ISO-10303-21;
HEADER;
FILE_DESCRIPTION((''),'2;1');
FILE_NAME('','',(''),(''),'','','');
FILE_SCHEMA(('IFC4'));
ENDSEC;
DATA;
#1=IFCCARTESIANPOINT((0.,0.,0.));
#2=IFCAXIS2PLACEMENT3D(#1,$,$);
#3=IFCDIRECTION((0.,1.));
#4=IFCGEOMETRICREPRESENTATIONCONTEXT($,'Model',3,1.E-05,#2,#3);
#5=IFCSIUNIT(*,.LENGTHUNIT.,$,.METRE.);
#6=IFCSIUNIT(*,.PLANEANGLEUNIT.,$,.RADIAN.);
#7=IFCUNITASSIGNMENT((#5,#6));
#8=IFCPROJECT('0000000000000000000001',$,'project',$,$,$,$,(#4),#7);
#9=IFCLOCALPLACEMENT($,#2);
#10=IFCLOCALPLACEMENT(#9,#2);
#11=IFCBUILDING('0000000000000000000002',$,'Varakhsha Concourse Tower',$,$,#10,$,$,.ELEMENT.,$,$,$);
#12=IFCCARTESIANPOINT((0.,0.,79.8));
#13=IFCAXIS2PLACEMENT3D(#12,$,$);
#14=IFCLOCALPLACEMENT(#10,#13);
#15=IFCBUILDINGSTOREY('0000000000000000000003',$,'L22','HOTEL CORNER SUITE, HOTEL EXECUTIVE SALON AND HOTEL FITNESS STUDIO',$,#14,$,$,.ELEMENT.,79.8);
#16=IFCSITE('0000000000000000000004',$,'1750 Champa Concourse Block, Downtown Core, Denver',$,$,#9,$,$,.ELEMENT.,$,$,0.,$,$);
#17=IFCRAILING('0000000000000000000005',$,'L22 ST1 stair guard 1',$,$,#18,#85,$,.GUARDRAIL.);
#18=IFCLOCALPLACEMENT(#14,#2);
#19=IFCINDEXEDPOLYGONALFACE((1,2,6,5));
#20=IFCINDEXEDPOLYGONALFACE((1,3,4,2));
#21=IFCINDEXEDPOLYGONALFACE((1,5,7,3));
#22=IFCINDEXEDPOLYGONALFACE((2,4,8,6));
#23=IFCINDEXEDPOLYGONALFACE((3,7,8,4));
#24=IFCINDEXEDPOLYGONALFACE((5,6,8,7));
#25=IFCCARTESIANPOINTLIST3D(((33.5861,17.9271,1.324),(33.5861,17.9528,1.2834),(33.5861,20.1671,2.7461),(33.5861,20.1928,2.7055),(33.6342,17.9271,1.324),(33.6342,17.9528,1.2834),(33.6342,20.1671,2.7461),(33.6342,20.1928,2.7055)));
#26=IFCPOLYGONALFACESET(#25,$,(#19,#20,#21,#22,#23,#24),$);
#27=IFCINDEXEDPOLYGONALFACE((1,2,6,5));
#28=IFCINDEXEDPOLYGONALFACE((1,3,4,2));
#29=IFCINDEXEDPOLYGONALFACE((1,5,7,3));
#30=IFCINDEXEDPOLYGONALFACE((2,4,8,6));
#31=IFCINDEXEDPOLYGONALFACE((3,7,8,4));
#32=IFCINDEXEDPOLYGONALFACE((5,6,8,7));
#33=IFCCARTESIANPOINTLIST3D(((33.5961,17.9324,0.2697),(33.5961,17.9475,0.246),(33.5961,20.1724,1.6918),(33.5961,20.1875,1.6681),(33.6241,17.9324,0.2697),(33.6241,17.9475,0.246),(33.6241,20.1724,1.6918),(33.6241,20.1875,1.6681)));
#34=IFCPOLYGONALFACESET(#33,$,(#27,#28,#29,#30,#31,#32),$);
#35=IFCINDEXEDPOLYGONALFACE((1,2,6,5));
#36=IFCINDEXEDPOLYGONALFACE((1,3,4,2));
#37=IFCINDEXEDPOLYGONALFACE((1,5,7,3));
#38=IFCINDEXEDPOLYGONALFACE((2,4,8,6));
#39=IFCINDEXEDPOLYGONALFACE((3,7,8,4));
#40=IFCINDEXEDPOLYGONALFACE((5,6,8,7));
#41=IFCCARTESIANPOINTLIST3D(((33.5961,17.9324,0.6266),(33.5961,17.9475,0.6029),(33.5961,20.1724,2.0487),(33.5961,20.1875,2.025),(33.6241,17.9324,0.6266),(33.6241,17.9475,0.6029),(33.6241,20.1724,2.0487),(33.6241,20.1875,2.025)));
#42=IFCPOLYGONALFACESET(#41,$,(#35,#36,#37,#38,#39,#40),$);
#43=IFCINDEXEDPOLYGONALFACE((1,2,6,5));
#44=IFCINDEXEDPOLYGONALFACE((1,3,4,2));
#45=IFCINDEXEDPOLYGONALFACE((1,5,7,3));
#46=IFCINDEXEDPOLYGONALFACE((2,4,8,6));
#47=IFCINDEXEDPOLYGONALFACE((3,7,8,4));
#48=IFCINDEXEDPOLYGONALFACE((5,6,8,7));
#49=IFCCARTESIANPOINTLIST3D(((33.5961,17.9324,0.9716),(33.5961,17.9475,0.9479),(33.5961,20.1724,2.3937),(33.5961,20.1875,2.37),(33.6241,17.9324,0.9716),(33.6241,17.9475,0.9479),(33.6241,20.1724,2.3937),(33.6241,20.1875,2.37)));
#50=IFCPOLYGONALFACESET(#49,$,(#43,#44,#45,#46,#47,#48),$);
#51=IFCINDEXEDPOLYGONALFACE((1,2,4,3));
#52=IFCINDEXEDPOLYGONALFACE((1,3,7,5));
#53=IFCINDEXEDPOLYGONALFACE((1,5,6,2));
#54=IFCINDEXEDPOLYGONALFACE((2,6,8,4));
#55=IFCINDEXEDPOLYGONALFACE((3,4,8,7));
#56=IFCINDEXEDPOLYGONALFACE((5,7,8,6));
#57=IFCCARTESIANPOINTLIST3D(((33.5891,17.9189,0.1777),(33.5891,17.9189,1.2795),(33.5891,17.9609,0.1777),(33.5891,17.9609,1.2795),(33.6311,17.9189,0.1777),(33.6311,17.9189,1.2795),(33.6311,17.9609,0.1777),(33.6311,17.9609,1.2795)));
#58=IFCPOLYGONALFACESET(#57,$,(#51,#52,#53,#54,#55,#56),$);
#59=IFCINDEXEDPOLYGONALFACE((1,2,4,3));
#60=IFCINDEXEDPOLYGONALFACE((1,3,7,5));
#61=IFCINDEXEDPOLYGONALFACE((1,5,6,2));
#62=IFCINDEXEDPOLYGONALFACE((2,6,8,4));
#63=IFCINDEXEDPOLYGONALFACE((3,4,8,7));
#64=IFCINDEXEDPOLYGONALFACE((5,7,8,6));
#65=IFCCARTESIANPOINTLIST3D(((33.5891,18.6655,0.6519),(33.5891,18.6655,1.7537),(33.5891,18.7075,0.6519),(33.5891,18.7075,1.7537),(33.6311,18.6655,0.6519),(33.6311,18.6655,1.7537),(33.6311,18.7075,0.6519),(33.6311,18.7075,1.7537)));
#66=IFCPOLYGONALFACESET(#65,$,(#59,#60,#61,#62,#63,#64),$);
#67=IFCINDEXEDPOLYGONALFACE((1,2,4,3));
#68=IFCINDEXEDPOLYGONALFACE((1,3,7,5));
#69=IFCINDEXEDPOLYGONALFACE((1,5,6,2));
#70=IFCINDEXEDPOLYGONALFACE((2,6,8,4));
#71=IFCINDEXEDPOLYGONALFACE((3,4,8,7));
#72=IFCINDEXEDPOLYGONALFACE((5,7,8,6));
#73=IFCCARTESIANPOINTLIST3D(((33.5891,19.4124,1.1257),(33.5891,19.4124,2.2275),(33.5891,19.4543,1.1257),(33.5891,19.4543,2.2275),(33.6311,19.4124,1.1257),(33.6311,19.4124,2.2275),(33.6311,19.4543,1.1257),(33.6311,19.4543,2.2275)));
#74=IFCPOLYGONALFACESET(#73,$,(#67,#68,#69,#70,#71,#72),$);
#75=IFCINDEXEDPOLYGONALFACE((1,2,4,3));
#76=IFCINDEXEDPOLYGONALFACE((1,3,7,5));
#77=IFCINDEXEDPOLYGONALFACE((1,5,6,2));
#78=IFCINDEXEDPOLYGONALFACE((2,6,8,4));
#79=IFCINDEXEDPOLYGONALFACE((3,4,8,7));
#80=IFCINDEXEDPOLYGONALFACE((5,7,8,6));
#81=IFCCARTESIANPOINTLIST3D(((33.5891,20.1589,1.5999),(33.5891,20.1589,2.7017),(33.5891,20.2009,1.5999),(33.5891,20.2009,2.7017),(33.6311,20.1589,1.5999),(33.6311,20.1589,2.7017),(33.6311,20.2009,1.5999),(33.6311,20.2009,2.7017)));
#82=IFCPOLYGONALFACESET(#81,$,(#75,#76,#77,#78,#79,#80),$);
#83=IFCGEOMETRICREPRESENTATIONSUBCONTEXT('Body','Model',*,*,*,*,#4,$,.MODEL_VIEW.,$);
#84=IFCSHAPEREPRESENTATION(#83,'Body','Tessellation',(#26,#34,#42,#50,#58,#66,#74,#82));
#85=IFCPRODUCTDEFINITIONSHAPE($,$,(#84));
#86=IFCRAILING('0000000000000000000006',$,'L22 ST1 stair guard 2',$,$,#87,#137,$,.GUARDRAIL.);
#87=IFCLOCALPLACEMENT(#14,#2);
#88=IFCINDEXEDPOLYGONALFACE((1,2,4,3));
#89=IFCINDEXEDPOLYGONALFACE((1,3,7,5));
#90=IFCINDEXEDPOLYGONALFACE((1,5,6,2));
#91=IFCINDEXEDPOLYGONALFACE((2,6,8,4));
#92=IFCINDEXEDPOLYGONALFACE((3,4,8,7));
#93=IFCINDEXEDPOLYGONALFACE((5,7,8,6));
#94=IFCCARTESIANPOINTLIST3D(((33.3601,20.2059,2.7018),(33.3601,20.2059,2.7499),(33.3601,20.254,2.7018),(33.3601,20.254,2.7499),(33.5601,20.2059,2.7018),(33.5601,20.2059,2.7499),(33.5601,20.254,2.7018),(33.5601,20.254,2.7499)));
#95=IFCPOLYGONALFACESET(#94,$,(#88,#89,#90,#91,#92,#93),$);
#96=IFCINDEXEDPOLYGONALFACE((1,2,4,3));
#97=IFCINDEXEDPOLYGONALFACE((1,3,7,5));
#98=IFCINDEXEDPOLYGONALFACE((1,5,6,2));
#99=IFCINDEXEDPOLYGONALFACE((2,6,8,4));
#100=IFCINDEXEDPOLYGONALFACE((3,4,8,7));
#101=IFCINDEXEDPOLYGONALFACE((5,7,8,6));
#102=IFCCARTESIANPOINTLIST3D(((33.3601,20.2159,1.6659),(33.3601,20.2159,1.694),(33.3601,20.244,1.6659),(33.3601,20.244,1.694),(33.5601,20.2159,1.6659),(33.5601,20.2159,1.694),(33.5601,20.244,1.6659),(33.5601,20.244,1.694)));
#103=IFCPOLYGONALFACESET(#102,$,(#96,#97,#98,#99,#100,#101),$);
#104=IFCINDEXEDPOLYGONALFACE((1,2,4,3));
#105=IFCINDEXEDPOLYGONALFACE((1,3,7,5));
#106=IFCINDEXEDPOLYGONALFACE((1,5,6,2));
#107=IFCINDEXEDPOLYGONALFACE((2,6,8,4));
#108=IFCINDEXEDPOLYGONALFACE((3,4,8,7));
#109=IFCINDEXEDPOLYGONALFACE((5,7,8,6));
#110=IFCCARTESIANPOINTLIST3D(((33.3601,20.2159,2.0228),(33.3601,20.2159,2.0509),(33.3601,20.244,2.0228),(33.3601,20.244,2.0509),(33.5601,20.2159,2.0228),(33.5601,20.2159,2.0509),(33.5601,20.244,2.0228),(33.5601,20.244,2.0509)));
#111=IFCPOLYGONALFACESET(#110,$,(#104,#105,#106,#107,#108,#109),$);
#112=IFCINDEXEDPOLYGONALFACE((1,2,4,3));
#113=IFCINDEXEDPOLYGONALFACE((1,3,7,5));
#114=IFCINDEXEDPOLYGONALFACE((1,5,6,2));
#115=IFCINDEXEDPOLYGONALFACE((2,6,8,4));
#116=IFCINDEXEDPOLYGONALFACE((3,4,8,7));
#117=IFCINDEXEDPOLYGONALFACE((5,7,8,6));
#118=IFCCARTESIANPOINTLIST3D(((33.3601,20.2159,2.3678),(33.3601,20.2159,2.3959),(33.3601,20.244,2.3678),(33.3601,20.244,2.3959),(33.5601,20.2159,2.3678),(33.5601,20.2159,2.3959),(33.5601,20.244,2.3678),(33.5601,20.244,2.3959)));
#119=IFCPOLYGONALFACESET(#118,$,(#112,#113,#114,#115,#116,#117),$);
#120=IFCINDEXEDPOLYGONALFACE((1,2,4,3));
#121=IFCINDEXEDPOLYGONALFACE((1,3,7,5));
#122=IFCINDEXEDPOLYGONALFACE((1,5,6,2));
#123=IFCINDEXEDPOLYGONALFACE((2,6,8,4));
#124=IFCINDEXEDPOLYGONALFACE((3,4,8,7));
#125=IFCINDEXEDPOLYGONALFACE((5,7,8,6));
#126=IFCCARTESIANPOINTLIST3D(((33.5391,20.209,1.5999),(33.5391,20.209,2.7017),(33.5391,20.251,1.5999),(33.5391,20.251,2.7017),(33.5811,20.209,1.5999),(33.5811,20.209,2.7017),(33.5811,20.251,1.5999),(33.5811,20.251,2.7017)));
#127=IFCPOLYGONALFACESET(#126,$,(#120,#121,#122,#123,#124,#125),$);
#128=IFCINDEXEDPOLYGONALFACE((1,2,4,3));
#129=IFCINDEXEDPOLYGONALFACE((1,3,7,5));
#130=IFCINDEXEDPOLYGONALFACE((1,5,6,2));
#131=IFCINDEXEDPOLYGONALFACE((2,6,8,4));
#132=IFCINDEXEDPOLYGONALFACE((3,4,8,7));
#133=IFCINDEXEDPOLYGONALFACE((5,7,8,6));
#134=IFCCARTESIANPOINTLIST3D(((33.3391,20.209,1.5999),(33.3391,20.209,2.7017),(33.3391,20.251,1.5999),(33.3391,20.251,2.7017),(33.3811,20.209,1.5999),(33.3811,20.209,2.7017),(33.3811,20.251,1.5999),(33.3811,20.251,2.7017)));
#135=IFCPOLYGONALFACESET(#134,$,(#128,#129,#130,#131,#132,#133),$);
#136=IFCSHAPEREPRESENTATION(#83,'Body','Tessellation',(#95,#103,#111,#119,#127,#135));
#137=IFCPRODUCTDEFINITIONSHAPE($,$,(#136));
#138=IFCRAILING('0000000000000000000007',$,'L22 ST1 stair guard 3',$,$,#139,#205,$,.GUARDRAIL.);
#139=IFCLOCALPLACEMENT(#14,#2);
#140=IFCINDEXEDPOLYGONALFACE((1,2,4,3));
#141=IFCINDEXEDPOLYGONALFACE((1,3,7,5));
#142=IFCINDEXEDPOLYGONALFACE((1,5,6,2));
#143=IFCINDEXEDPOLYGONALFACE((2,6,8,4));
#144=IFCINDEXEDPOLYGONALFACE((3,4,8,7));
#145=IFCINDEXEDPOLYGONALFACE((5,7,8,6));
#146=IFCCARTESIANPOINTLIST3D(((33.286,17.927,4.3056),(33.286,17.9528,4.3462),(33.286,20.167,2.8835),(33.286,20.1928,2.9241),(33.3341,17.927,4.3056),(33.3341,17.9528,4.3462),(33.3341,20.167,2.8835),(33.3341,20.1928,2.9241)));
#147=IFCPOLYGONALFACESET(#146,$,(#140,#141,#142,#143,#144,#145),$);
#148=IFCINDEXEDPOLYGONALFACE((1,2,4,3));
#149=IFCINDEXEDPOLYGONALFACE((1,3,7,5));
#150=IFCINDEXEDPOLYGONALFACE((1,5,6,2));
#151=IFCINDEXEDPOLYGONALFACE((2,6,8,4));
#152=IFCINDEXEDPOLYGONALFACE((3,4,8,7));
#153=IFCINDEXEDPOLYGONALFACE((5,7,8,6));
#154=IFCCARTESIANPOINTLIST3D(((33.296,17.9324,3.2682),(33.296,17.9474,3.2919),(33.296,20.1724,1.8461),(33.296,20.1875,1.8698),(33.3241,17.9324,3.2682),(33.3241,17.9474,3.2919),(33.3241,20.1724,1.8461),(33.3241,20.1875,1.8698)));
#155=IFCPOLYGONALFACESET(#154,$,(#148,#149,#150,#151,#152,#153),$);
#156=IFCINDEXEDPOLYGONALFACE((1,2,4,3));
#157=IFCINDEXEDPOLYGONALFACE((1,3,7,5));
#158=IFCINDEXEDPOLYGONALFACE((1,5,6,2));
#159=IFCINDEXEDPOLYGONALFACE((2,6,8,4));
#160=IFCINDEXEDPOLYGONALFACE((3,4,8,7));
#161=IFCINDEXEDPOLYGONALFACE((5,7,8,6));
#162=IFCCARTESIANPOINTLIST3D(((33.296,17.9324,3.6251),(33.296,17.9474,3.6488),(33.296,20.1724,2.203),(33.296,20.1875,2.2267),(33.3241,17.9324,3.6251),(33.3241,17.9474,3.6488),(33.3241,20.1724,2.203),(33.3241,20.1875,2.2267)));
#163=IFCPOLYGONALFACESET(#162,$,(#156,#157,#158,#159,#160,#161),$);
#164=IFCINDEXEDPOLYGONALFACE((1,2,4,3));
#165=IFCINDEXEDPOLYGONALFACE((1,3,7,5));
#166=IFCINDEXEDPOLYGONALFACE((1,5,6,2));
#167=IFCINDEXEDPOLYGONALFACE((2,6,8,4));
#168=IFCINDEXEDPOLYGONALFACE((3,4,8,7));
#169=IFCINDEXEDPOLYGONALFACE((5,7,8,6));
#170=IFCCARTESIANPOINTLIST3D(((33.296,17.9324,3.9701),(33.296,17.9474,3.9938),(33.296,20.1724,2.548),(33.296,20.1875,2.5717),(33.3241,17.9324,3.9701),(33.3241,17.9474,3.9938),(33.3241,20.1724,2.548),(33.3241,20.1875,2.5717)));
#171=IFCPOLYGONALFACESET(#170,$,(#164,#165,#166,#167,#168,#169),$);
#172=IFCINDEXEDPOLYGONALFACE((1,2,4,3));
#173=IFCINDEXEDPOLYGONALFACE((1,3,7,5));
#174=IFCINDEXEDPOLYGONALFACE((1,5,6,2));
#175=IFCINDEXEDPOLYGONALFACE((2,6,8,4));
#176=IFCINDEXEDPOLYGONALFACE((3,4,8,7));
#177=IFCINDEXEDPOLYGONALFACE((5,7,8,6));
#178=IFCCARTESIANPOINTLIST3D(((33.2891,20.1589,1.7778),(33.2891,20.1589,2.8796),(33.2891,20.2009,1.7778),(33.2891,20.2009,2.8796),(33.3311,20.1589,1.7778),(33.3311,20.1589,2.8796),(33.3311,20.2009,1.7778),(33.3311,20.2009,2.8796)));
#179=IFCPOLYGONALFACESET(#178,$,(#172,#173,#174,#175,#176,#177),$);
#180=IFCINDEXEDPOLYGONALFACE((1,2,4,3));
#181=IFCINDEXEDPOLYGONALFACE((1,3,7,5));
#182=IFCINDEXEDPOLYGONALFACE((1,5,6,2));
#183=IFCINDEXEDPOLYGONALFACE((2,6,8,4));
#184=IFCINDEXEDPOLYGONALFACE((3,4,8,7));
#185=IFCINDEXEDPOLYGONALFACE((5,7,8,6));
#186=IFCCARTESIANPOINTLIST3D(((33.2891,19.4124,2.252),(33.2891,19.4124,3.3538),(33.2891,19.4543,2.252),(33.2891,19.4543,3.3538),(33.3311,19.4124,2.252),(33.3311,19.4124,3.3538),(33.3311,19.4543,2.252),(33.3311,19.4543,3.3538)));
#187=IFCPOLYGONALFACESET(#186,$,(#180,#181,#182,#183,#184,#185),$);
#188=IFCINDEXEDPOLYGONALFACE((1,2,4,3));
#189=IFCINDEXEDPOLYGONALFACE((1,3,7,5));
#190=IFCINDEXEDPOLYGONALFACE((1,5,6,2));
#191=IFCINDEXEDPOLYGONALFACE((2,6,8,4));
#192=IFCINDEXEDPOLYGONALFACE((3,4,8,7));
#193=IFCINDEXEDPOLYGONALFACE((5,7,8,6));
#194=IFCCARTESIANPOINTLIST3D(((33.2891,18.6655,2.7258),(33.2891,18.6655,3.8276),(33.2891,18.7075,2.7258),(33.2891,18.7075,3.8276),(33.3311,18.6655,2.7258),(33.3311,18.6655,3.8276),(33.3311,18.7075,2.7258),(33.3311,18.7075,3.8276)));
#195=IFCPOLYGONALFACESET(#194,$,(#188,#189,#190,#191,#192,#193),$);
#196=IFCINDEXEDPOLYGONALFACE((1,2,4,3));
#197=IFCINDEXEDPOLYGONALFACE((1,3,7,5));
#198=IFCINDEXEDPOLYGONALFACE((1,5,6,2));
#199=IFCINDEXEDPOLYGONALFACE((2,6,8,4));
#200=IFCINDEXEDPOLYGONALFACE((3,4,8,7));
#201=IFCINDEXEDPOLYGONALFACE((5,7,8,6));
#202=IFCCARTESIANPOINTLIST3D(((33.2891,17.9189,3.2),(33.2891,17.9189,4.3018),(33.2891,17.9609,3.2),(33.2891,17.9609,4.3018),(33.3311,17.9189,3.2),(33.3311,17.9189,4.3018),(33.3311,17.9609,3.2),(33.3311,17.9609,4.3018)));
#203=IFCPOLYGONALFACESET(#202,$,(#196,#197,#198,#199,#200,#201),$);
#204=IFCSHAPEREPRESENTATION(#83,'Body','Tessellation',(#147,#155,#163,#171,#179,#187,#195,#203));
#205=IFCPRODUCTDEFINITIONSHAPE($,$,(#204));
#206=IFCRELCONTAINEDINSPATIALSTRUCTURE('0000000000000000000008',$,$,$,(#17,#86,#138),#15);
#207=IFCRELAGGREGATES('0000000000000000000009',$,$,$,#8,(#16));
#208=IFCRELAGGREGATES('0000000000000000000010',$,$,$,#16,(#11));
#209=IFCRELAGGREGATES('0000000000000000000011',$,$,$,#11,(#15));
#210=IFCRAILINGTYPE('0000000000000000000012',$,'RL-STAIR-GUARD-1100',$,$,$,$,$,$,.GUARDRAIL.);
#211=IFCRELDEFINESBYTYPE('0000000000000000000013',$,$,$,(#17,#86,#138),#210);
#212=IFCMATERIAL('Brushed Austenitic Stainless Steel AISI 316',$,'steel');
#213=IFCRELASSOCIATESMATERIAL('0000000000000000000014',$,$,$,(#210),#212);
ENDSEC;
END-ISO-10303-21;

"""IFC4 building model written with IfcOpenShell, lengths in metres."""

from ifc_helpers import new_model, si_unit, direction, frame, origin, origin_2d, place, context, subcontext, project, spatial, rectangle, extrude, material, type_object, element, save


model = new_model("IFC4")

# Units and contexts
model_context = context("Model", 3, precision=1e-05, world=origin(), true_north=direction((0.0, 1.0)))
body_context = subcontext(model_context, "Body", "Model", "MODEL_VIEW")
ifc_project = project(units=[si_unit("LENGTHUNIT", "METRE"), si_unit("PLANEANGLEUNIT", "RADIAN")], contexts=[model_context])

# Site, building, storey
site_placement = place(None, origin())
site = spatial("IfcSite", under=ifc_project, at=site_placement, Name="1750 Champa Concourse Block, Downtown Core, Denver", CompositionType="ELEMENT", RefElevation=0.0)
building_placement = place(site_placement, origin())
building = spatial("IfcBuilding", under=site, at=building_placement, Name="Varakhsha Concourse Tower", CompositionType="ELEMENT")
storey_placement = place(building_placement, frame((0.0, 0.0, 79.8)))
storey = spatial("IfcBuildingStorey", under=building, at=storey_placement, Name="L22", Description="HOTEL CORNER SUITE, HOTEL EXECUTIVE SALON AND HOTEL FITNESS STUDIO", CompositionType="ELEMENT", Elevation=79.8)

# Shared definitions
ifc_material_1 = material(Name="Brushed Austenitic Stainless Steel AISI 316", Category="steel")

# Railings
railing_type_1 = type_object("IfcRailingType", Name="RL-STAIR-GUARD-1100", PredefinedType="GUARDRAIL", material=ifc_material_1)
railing_1_placement = place(storey_placement, frame((33.6101, 17.9399, 0.1777)))
element("IfcRailing", 1, at=railing_1_placement, inside=storey, type_object=railing_type_1, Name="L22 ST1 stair guard 1", PredefinedType="GUARDRAIL", context=body_context, shape_type="SweptSolid", body=[
    extrude(rectangle(XDim=0.0481, YDim=0.0481, at=origin_2d()), frame((0.0, 0.0, 1.126), z_axis=(0.0, 0.844229, 0.535982), x_axis=(-1.0, 0.0, 0.0)), (0.0, 0.0, 1.0), 2.6533),
    extrude(rectangle(XDim=0.0281, YDim=0.0281, at=origin_2d()), frame((0.0, 0.0, 0.0801), z_axis=(0.0, 0.844229, 0.535982), x_axis=(-1.0, 0.0, 0.0)), (0.0, 0.0, 1.0), 2.6533),
    extrude(rectangle(XDim=0.0281, YDim=0.0281, at=origin_2d()), frame((0.0, 0.0, 0.437), z_axis=(0.0, 0.844229, 0.535982), x_axis=(-1.0, 0.0, 0.0)), (0.0, 0.0, 1.0), 2.6533),
    extrude(rectangle(XDim=0.0281, YDim=0.0281, at=origin_2d()), frame((0.0, 0.0, 0.782), z_axis=(0.0, 0.844229, 0.535982), x_axis=(-1.0, 0.0, 0.0)), (0.0, 0.0, 1.0), 2.6533),
    extrude(rectangle(XDim=0.042, YDim=0.042, at=origin_2d()), origin(), (0.0, 0.0, 1.0), 1.1018),
    extrude(rectangle(XDim=0.042, YDim=0.042, at=origin_2d()), frame((0.0, 0.7466, 0.4741)), (0.0, 0.0, 1.0), 1.1018),
    extrude(rectangle(XDim=0.042, YDim=0.042, at=origin_2d()), frame((0.0, 1.4934, 0.948)), (0.0, 0.0, 1.0), 1.1018),
    extrude(rectangle(XDim=0.042, YDim=0.042, at=origin_2d()), frame((0.0, 2.24, 1.4221)), (0.0, 0.0, 1.0), 1.1018),
])
railing_2_placement = place(storey_placement, frame((33.5601, 20.23, 1.5999)))
element("IfcRailing", 2, at=railing_2_placement, inside=storey, type_object=railing_type_1, Name="L22 ST1 stair guard 2", PredefinedType="GUARDRAIL", context=body_context, shape_type="SweptSolid", body=[
    extrude(rectangle(XDim=0.0481, YDim=0.0481, at=origin_2d()), frame((0.0, 0.0, 1.126), z_axis=(-1.0, 0.0, 0.0), x_axis=(0.0, -1.0, 0.0)), (0.0, 0.0, 1.0), 0.2),
    extrude(rectangle(XDim=0.0281, YDim=0.0281, at=origin_2d()), frame((0.0, 0.0, 0.0801), z_axis=(-1.0, 0.0, 0.0), x_axis=(0.0, -1.0, 0.0)), (0.0, 0.0, 1.0), 0.2),
    extrude(rectangle(XDim=0.0281, YDim=0.0281, at=origin_2d()), frame((0.0, 0.0, 0.437), z_axis=(-1.0, 0.0, 0.0), x_axis=(0.0, -1.0, 0.0)), (0.0, 0.0, 1.0), 0.2),
    extrude(rectangle(XDim=0.0281, YDim=0.0281, at=origin_2d()), frame((0.0, 0.0, 0.782), z_axis=(-1.0, 0.0, 0.0), x_axis=(0.0, -1.0, 0.0)), (0.0, 0.0, 1.0), 0.2),
    extrude(rectangle(XDim=0.042, YDim=0.042, at=origin_2d()), origin(), (0.0, 0.0, 1.0), 1.1018),
    extrude(rectangle(XDim=0.042, YDim=0.042, at=origin_2d()), frame((-0.2, 0.0, 0.0)), (0.0, 0.0, 1.0), 1.1018),
])
railing_3_placement = place(storey_placement, frame((33.3101, 20.1799, 1.7778)))
element("IfcRailing", 3, at=railing_3_placement, inside=storey, type_object=railing_type_1, Name="L22 ST1 stair guard 3", PredefinedType="GUARDRAIL", context=body_context, shape_type="SweptSolid", body=[
    extrude(rectangle(XDim=0.0481, YDim=0.0481, at=origin_2d()), frame((0.0, 0.0, 1.126), z_axis=(0.0, -0.844229, 0.535982), x_axis=(1.0, 0.0, 0.0)), (0.0, 0.0, 1.0), 2.6533),
    extrude(rectangle(XDim=0.0281, YDim=0.0281, at=origin_2d()), frame((0.0, 0.0, 0.0801), z_axis=(0.0, -0.844229, 0.535982), x_axis=(1.0, 0.0, 0.0)), (0.0, 0.0, 1.0), 2.6533),
    extrude(rectangle(XDim=0.0281, YDim=0.0281, at=origin_2d()), frame((0.0, 0.0, 0.437), z_axis=(0.0, -0.844229, 0.535982), x_axis=(1.0, 0.0, 0.0)), (0.0, 0.0, 1.0), 2.6533),
    extrude(rectangle(XDim=0.0281, YDim=0.0281, at=origin_2d()), frame((0.0, 0.0, 0.782), z_axis=(0.0, -0.844229, 0.535982), x_axis=(1.0, 0.0, 0.0)), (0.0, 0.0, 1.0), 2.6533),
    extrude(rectangle(XDim=0.042, YDim=0.042, at=origin_2d()), origin(), (0.0, 0.0, 1.0), 1.1018),
    extrude(rectangle(XDim=0.042, YDim=0.042, at=origin_2d()), frame((0.0, -0.7466, 0.4741)), (0.0, 0.0, 1.0), 1.1018),
    extrude(rectangle(XDim=0.042, YDim=0.042, at=origin_2d()), frame((0.0, -1.4934, 0.948)), (0.0, 0.0, 1.0), 1.1018),
    extrude(rectangle(XDim=0.042, YDim=0.042, at=origin_2d()), frame((0.0, -2.24, 1.4221)), (0.0, 0.0, 1.0), 1.1018),
])

save(model, "model.ifc")
